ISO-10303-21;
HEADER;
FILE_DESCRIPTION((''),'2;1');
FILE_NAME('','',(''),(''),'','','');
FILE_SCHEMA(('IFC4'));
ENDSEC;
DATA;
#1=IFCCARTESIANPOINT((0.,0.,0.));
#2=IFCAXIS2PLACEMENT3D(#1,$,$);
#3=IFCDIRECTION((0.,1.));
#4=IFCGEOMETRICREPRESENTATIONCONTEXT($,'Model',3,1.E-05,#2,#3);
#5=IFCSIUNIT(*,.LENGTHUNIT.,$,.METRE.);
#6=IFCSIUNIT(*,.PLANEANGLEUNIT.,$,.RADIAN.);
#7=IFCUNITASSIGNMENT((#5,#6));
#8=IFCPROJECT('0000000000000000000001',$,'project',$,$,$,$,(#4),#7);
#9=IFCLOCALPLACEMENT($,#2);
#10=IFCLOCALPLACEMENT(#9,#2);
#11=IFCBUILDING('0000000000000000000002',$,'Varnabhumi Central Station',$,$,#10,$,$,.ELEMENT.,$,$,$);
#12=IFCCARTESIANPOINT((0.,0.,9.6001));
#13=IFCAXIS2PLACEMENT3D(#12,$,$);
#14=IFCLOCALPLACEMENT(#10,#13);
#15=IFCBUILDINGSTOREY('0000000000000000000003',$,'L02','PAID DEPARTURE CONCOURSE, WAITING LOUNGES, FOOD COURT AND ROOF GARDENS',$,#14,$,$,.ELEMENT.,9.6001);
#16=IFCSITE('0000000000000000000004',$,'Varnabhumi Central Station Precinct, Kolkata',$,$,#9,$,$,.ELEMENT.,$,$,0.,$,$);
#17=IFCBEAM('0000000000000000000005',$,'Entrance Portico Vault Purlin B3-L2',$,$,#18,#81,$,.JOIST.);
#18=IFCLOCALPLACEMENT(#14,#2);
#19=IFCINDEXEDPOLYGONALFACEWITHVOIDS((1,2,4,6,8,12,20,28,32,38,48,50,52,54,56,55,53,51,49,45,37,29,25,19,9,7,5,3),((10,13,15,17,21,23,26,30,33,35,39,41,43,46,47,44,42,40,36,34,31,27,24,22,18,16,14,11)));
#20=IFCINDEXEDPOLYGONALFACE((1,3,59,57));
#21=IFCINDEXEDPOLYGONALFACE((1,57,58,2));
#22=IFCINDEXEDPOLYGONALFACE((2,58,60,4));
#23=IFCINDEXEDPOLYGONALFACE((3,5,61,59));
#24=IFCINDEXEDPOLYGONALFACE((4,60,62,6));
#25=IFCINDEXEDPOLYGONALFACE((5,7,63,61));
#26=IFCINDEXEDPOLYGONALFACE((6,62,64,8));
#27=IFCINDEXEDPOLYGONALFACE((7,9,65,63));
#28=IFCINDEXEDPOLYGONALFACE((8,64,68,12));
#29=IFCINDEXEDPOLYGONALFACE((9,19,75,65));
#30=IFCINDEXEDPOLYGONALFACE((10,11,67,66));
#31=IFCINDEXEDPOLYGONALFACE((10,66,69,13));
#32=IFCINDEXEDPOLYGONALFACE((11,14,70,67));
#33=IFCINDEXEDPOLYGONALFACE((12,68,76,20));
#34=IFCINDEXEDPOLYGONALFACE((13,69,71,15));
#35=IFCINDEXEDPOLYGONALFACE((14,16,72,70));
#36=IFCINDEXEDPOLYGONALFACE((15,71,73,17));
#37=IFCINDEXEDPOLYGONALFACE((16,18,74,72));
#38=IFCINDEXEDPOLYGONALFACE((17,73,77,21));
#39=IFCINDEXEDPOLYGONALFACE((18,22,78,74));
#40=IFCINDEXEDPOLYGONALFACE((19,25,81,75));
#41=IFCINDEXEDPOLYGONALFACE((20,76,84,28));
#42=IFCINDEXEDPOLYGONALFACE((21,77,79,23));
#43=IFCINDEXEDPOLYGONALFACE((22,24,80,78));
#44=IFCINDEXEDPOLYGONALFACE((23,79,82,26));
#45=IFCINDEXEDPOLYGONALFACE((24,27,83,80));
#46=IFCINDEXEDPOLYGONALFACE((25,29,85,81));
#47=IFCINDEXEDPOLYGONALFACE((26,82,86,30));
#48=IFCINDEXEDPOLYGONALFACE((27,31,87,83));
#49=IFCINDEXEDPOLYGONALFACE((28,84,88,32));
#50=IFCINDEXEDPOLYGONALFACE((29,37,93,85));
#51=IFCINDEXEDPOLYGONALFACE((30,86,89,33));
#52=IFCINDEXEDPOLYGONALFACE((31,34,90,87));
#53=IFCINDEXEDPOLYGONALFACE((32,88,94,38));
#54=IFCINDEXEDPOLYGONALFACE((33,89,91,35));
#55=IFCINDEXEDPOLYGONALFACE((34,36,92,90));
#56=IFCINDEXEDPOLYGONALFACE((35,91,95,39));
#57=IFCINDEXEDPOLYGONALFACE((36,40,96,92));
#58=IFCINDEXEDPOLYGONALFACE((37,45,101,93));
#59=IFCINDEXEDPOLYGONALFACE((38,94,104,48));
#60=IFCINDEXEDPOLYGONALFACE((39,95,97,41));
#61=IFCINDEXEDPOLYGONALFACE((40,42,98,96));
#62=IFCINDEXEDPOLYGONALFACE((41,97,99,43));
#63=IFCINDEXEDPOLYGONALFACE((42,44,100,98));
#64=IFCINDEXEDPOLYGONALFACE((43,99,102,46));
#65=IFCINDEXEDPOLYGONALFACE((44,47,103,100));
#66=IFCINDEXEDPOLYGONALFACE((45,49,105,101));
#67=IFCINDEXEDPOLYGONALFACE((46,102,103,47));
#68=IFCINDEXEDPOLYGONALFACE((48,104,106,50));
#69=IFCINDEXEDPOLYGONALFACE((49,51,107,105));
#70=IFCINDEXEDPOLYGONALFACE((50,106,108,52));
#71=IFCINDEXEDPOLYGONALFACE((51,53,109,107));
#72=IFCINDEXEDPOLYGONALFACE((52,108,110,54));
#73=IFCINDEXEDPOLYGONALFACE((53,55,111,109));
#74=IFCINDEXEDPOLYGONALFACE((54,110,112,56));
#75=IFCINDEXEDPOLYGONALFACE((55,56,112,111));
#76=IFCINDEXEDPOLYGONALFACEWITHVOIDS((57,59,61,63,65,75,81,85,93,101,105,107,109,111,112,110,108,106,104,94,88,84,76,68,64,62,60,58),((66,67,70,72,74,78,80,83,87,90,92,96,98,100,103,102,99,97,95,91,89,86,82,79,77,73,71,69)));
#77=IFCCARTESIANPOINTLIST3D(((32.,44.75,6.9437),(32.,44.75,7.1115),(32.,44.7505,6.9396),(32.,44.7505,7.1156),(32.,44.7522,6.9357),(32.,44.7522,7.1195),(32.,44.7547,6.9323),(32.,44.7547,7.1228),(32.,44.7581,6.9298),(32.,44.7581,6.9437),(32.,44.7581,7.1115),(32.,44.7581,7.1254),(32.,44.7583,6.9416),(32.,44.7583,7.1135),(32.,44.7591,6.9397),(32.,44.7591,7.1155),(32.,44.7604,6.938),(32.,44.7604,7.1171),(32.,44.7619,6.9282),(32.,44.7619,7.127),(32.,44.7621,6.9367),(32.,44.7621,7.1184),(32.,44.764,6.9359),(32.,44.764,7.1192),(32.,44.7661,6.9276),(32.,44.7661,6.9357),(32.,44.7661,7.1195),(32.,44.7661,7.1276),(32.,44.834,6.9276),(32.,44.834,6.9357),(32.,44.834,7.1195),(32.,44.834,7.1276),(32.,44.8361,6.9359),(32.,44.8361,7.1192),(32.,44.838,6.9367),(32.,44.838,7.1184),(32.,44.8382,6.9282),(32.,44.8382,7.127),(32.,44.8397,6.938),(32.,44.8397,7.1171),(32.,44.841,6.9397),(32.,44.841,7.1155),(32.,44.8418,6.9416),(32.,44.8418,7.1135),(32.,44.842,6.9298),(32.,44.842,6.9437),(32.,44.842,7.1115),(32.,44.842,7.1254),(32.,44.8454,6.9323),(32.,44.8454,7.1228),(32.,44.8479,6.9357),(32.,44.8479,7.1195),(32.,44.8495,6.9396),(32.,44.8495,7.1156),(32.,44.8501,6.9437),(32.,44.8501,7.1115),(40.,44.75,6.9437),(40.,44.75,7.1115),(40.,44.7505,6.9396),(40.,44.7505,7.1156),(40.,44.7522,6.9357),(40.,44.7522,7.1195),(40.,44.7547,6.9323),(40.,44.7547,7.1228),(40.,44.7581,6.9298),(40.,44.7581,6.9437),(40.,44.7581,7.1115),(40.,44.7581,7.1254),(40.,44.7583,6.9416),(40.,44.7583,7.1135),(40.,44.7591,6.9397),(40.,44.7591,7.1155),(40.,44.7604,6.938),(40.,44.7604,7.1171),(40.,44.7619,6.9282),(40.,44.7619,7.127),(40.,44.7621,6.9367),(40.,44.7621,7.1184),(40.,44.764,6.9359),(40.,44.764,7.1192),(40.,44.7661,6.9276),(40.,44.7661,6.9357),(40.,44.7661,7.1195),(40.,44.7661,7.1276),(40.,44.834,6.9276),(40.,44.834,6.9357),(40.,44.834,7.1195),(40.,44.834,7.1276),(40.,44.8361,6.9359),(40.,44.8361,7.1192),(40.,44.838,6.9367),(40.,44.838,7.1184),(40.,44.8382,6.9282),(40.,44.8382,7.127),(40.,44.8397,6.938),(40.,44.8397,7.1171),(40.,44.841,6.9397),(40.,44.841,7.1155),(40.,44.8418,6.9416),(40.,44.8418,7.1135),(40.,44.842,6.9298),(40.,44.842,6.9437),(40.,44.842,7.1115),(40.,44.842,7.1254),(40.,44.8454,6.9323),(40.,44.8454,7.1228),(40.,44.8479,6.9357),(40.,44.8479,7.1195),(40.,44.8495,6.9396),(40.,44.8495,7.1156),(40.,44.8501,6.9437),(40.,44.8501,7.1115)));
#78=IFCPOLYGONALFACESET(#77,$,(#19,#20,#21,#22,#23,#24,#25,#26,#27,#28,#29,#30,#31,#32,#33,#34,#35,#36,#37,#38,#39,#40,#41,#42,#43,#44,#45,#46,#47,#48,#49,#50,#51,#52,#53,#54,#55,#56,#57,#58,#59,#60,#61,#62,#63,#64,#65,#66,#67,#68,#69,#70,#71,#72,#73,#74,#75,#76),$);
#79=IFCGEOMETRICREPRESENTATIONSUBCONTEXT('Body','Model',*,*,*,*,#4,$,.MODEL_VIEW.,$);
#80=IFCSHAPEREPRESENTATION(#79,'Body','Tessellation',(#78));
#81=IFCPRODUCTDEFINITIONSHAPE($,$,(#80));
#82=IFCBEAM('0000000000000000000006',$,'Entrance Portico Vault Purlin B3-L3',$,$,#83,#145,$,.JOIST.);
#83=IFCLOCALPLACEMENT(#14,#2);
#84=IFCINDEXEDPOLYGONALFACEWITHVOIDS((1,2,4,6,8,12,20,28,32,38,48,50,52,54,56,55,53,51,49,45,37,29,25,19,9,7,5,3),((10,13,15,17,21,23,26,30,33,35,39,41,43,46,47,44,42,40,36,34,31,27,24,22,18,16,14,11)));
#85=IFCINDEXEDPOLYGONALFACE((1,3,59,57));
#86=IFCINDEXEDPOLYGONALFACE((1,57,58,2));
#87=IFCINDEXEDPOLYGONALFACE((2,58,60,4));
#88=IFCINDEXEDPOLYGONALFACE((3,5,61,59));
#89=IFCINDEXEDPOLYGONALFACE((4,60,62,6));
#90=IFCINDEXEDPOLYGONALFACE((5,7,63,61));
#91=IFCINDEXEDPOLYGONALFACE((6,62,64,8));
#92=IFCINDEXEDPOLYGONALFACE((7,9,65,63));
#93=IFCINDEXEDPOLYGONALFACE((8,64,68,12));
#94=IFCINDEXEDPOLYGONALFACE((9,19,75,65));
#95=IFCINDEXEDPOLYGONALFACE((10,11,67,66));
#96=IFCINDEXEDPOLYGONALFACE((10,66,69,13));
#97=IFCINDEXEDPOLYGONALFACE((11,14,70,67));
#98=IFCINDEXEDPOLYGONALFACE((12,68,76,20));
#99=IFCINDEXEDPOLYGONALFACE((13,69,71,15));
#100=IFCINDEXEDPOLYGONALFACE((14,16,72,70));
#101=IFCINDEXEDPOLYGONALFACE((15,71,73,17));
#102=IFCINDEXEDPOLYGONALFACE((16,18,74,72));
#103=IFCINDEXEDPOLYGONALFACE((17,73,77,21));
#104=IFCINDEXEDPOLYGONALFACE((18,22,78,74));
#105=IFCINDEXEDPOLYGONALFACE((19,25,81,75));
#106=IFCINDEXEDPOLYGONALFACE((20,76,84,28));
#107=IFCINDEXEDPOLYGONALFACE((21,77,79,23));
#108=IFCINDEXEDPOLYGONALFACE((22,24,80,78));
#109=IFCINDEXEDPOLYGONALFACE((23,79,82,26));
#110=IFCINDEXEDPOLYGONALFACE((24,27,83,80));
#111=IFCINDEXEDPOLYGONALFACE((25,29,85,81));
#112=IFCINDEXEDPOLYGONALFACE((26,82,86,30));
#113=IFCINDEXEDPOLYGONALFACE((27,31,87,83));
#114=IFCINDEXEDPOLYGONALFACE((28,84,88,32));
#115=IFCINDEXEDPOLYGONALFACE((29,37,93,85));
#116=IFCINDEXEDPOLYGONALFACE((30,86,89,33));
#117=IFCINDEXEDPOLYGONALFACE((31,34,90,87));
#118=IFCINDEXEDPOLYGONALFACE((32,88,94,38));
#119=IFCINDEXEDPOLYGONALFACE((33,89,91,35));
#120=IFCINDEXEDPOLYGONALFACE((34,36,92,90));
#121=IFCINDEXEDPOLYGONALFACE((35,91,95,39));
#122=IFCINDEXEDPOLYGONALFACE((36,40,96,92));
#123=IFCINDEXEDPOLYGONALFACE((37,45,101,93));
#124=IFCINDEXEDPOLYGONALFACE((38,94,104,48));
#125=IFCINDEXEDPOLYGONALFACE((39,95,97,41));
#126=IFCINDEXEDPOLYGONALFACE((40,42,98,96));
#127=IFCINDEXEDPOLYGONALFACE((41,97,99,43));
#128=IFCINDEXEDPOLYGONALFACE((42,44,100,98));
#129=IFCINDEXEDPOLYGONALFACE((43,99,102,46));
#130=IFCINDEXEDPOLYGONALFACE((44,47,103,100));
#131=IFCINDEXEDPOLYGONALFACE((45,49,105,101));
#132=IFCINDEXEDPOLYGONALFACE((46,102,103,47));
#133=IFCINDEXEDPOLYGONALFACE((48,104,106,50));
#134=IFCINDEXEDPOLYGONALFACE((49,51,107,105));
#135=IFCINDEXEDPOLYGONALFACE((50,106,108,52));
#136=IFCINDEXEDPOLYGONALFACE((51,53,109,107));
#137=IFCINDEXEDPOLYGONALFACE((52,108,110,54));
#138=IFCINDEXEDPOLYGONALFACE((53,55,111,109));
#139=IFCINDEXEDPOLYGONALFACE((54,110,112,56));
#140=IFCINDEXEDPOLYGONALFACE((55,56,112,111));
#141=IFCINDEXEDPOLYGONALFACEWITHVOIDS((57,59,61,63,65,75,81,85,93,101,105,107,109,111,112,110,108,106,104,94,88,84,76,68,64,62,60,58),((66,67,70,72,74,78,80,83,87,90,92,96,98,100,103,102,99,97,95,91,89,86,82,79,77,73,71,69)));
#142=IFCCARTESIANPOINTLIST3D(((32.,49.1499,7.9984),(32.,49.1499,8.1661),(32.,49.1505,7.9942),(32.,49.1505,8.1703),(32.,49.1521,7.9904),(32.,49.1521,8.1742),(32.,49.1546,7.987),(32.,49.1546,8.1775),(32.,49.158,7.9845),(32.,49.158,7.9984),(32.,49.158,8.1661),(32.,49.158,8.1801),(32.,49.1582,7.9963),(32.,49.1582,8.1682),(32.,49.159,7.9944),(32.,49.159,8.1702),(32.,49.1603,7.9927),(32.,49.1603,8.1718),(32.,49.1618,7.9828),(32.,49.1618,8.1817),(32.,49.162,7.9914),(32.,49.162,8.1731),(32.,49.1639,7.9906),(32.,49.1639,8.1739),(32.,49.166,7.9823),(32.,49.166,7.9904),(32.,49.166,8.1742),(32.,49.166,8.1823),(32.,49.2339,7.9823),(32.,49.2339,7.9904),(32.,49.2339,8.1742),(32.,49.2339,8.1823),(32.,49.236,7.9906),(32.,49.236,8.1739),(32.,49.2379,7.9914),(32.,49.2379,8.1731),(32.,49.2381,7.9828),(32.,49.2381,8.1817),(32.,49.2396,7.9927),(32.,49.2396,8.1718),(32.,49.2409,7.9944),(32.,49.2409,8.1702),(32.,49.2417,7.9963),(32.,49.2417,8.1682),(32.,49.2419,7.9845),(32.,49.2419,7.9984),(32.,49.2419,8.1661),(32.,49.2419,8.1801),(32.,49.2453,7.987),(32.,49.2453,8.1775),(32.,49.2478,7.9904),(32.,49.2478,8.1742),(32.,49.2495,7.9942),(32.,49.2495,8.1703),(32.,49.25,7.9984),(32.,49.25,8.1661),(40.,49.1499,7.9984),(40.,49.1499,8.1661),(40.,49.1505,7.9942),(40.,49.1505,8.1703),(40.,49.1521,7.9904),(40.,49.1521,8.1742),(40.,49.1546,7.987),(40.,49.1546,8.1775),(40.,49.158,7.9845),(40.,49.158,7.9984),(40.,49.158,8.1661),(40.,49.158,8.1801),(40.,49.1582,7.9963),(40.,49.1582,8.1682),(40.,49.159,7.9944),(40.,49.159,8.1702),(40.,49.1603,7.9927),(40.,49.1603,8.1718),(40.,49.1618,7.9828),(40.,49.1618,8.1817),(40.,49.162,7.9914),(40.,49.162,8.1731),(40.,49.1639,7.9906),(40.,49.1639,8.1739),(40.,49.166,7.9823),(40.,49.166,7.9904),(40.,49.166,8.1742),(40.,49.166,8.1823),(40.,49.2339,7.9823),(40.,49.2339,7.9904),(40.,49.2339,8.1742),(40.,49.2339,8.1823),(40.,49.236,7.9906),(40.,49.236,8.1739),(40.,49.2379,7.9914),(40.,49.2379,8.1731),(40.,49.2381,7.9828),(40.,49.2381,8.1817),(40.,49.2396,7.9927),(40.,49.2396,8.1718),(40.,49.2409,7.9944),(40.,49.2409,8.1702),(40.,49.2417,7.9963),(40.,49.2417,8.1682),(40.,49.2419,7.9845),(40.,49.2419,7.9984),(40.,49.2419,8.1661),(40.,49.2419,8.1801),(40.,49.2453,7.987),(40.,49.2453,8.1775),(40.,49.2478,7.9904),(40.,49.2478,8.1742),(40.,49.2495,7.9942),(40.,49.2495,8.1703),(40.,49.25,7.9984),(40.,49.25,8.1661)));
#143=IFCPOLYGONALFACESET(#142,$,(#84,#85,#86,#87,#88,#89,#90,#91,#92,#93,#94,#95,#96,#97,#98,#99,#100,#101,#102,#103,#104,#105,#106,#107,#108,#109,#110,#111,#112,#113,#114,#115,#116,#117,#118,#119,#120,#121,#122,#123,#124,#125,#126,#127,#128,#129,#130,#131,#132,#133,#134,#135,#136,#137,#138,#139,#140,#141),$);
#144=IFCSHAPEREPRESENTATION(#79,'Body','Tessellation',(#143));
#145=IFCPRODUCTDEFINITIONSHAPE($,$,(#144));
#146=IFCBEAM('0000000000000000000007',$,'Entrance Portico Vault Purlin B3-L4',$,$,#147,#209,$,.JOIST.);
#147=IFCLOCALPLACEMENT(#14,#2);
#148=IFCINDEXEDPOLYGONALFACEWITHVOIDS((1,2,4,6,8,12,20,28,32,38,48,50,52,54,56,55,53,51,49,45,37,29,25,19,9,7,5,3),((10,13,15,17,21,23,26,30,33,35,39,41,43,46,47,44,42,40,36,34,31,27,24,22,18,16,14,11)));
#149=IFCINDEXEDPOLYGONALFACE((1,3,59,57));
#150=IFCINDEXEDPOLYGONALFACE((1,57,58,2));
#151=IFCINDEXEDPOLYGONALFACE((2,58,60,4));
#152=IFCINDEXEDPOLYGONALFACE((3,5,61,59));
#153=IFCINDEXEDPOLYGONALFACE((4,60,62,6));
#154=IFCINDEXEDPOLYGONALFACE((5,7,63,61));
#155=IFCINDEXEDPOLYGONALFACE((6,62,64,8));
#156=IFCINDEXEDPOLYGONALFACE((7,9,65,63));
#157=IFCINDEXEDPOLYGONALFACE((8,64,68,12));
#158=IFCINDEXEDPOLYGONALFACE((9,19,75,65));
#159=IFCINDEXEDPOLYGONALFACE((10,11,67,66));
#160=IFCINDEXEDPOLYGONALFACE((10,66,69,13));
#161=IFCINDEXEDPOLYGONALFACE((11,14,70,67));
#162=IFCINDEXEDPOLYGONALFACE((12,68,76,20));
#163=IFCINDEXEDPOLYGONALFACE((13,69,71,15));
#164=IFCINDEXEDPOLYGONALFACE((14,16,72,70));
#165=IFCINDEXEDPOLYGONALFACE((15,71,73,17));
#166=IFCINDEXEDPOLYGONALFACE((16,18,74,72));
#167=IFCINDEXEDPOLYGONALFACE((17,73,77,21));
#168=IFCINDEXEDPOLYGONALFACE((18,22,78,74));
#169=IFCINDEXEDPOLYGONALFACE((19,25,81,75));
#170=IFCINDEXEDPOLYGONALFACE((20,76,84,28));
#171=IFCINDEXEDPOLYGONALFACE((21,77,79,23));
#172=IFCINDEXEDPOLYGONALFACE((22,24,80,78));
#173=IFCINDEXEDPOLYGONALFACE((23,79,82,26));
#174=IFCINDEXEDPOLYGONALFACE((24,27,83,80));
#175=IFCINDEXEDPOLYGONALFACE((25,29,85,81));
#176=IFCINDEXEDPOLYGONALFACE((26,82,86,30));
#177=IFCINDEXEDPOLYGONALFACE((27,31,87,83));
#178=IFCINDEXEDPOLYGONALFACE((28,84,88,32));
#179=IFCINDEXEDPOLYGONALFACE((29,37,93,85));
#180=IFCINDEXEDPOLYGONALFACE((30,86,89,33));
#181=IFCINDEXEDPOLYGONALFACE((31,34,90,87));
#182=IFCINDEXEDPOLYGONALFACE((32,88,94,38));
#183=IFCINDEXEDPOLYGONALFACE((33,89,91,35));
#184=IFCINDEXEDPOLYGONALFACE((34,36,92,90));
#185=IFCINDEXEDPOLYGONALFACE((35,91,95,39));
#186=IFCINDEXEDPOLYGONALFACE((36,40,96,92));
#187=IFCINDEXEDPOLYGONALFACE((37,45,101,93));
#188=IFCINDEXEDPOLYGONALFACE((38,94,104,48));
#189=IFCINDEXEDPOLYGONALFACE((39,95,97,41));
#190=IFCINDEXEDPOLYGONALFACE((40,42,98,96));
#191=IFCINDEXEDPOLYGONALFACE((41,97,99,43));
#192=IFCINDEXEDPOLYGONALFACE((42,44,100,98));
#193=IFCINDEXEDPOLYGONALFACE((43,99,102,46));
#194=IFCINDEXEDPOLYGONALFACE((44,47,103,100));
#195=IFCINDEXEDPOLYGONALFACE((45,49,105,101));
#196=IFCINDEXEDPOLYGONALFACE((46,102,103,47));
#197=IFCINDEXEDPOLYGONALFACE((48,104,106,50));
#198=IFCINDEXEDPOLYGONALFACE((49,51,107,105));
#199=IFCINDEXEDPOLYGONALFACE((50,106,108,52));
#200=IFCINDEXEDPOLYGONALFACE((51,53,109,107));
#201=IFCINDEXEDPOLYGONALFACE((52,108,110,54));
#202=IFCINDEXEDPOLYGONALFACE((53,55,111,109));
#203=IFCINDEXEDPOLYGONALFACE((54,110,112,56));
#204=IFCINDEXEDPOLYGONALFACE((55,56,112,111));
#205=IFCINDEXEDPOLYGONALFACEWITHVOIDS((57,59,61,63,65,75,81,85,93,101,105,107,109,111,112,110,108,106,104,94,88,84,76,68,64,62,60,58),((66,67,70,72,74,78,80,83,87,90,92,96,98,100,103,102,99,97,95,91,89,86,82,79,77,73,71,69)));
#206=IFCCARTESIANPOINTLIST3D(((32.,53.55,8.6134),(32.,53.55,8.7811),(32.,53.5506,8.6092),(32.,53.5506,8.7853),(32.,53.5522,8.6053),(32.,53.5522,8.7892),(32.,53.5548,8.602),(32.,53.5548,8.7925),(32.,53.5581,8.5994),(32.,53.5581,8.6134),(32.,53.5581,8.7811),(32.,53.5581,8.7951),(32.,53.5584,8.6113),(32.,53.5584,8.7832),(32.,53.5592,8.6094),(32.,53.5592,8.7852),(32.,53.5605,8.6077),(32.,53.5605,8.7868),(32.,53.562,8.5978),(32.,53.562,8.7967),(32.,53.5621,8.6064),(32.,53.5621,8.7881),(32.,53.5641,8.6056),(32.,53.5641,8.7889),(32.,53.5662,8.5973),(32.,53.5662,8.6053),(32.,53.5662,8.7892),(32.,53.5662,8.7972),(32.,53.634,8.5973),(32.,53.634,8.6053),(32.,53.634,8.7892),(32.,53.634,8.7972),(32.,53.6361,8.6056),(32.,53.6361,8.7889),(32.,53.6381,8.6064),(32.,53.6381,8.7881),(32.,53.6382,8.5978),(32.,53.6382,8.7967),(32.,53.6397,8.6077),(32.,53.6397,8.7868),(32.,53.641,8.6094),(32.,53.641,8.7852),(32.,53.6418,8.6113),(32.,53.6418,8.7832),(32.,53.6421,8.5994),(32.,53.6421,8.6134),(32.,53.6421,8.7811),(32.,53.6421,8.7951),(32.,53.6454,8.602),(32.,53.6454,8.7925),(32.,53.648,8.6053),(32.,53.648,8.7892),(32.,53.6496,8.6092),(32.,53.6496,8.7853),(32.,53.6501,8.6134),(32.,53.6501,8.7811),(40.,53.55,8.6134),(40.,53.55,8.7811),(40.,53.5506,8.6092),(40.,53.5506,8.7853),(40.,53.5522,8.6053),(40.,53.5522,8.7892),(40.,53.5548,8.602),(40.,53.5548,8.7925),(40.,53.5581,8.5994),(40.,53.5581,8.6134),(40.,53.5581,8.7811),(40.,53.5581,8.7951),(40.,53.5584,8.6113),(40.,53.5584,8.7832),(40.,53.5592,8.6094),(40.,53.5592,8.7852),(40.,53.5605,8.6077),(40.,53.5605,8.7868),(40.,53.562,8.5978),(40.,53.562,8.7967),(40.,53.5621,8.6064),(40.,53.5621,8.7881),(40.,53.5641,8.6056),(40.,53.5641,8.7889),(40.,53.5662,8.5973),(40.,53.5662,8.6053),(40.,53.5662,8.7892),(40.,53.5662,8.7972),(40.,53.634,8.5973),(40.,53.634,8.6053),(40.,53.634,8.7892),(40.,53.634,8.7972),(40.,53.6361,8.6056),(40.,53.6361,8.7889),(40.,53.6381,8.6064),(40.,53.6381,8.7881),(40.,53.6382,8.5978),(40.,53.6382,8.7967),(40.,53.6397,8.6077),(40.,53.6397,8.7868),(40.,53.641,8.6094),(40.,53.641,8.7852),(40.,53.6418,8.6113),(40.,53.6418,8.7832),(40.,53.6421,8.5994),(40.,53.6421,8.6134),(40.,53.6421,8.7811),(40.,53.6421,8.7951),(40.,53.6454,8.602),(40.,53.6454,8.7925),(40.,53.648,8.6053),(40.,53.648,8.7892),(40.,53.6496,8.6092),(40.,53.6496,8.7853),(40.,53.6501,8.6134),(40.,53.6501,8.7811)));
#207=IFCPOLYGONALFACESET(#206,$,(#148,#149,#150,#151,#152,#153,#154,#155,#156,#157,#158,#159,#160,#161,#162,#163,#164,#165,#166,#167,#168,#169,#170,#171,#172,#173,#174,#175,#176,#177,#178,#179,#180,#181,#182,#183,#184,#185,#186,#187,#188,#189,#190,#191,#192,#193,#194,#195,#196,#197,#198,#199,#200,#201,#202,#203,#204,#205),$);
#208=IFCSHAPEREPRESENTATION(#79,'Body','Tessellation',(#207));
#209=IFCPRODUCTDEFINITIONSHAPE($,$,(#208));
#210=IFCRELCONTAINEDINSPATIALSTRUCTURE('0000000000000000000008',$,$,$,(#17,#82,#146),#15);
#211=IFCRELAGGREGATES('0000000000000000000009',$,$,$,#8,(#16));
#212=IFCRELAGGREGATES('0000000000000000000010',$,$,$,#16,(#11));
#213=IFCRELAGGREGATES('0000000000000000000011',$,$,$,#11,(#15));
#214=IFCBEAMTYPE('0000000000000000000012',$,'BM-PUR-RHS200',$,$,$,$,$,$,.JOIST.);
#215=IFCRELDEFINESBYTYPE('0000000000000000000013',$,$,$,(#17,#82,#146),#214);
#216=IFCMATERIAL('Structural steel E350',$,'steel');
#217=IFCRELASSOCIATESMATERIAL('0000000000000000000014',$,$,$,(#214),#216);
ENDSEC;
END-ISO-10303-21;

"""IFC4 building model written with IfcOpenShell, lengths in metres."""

from ifc_helpers import new_model, si_unit, direction, frame, origin, origin_2d, place, context, subcontext, project, spatial, hollow_rectangle, extrude, material, material_profile, profile_set, type_object, element, save


model = new_model("IFC4")

# Units and contexts
model_context = context("Model", 3, precision=1e-05, world=origin(), true_north=direction((0.0, 1.0)))
body_context = subcontext(model_context, "Body", "Model", "MODEL_VIEW")
ifc_project = project(units=[si_unit("LENGTHUNIT", "METRE"), si_unit("PLANEANGLEUNIT", "RADIAN")], contexts=[model_context])

# Site, building, storey
site_placement = place(None, origin())
site = spatial("IfcSite", under=ifc_project, at=site_placement, Name="Varnabhumi Central Station Precinct, Kolkata", CompositionType="ELEMENT", RefElevation=0.0)
building_placement = place(site_placement, origin())
building = spatial("IfcBuilding", under=site, at=building_placement, Name="Varnabhumi Central Station", CompositionType="ELEMENT")
storey_placement = place(building_placement, frame((0.0, 0.0, 9.6001)))
storey = spatial("IfcBuildingStorey", under=building, at=storey_placement, Name="L02", Description="PAID DEPARTURE CONCOURSE, WAITING LOUNGES, FOOD COURT AND ROOF GARDENS", CompositionType="ELEMENT", Elevation=9.6001)

# Beams
ifc_material_1 = material(Name="Structural steel E350", Category="steel")
ifc_material_profile_1 = material_profile(ifc_material_1, hollow_rectangle(XDim=0.1001, YDim=0.2, WallThickness=0.0081, InnerFilletRadius=0.0081, OuterFilletRadius=0.0161, at=origin_2d()), Name="Structural steel E350", Category="steel")
ifc_profile_set_1 = profile_set([ifc_material_profile_1], Name="Structural steel E350")
beam_type_1 = type_object("IfcBeamType", Name="BM-PUR-RHS200", PredefinedType="JOIST", material=ifc_profile_set_1)
for number, where, z_axis, x_axis, name in (
    (1, (32.0, 44.8, 7.0276), (1.0, 0.0, 0.0), (0.0, 1.0, 0.0), "Entrance Portico Vault Purlin B3-L2"),
    (2, (32.0, 49.2, 8.0823), (1.0, 0.0, 0.0), (0.0, 1.0, 0.0), "Entrance Portico Vault Purlin B3-L3"),
    (3, (32.0, 53.6001, 8.6973), (1.0, 0.0, 0.0), (0.0, 1.0, 0.0), "Entrance Portico Vault Purlin B3-L4"),
):
    element("IfcBeam", number, at=place(storey_placement, frame(where, z_axis=z_axis, x_axis=x_axis)), inside=storey, type_object=beam_type_1, Name=name, PredefinedType="JOIST", context=body_context, shape_type="SweptSolid", body=[
        extrude(hollow_rectangle(XDim=0.1001, YDim=0.2, WallThickness=0.0081, InnerFilletRadius=0.0081, OuterFilletRadius=0.0161, at=origin_2d()), origin(), (0.0, 0.0, 1.0), 8.0),
    ])

save(model, "model.ifc")
